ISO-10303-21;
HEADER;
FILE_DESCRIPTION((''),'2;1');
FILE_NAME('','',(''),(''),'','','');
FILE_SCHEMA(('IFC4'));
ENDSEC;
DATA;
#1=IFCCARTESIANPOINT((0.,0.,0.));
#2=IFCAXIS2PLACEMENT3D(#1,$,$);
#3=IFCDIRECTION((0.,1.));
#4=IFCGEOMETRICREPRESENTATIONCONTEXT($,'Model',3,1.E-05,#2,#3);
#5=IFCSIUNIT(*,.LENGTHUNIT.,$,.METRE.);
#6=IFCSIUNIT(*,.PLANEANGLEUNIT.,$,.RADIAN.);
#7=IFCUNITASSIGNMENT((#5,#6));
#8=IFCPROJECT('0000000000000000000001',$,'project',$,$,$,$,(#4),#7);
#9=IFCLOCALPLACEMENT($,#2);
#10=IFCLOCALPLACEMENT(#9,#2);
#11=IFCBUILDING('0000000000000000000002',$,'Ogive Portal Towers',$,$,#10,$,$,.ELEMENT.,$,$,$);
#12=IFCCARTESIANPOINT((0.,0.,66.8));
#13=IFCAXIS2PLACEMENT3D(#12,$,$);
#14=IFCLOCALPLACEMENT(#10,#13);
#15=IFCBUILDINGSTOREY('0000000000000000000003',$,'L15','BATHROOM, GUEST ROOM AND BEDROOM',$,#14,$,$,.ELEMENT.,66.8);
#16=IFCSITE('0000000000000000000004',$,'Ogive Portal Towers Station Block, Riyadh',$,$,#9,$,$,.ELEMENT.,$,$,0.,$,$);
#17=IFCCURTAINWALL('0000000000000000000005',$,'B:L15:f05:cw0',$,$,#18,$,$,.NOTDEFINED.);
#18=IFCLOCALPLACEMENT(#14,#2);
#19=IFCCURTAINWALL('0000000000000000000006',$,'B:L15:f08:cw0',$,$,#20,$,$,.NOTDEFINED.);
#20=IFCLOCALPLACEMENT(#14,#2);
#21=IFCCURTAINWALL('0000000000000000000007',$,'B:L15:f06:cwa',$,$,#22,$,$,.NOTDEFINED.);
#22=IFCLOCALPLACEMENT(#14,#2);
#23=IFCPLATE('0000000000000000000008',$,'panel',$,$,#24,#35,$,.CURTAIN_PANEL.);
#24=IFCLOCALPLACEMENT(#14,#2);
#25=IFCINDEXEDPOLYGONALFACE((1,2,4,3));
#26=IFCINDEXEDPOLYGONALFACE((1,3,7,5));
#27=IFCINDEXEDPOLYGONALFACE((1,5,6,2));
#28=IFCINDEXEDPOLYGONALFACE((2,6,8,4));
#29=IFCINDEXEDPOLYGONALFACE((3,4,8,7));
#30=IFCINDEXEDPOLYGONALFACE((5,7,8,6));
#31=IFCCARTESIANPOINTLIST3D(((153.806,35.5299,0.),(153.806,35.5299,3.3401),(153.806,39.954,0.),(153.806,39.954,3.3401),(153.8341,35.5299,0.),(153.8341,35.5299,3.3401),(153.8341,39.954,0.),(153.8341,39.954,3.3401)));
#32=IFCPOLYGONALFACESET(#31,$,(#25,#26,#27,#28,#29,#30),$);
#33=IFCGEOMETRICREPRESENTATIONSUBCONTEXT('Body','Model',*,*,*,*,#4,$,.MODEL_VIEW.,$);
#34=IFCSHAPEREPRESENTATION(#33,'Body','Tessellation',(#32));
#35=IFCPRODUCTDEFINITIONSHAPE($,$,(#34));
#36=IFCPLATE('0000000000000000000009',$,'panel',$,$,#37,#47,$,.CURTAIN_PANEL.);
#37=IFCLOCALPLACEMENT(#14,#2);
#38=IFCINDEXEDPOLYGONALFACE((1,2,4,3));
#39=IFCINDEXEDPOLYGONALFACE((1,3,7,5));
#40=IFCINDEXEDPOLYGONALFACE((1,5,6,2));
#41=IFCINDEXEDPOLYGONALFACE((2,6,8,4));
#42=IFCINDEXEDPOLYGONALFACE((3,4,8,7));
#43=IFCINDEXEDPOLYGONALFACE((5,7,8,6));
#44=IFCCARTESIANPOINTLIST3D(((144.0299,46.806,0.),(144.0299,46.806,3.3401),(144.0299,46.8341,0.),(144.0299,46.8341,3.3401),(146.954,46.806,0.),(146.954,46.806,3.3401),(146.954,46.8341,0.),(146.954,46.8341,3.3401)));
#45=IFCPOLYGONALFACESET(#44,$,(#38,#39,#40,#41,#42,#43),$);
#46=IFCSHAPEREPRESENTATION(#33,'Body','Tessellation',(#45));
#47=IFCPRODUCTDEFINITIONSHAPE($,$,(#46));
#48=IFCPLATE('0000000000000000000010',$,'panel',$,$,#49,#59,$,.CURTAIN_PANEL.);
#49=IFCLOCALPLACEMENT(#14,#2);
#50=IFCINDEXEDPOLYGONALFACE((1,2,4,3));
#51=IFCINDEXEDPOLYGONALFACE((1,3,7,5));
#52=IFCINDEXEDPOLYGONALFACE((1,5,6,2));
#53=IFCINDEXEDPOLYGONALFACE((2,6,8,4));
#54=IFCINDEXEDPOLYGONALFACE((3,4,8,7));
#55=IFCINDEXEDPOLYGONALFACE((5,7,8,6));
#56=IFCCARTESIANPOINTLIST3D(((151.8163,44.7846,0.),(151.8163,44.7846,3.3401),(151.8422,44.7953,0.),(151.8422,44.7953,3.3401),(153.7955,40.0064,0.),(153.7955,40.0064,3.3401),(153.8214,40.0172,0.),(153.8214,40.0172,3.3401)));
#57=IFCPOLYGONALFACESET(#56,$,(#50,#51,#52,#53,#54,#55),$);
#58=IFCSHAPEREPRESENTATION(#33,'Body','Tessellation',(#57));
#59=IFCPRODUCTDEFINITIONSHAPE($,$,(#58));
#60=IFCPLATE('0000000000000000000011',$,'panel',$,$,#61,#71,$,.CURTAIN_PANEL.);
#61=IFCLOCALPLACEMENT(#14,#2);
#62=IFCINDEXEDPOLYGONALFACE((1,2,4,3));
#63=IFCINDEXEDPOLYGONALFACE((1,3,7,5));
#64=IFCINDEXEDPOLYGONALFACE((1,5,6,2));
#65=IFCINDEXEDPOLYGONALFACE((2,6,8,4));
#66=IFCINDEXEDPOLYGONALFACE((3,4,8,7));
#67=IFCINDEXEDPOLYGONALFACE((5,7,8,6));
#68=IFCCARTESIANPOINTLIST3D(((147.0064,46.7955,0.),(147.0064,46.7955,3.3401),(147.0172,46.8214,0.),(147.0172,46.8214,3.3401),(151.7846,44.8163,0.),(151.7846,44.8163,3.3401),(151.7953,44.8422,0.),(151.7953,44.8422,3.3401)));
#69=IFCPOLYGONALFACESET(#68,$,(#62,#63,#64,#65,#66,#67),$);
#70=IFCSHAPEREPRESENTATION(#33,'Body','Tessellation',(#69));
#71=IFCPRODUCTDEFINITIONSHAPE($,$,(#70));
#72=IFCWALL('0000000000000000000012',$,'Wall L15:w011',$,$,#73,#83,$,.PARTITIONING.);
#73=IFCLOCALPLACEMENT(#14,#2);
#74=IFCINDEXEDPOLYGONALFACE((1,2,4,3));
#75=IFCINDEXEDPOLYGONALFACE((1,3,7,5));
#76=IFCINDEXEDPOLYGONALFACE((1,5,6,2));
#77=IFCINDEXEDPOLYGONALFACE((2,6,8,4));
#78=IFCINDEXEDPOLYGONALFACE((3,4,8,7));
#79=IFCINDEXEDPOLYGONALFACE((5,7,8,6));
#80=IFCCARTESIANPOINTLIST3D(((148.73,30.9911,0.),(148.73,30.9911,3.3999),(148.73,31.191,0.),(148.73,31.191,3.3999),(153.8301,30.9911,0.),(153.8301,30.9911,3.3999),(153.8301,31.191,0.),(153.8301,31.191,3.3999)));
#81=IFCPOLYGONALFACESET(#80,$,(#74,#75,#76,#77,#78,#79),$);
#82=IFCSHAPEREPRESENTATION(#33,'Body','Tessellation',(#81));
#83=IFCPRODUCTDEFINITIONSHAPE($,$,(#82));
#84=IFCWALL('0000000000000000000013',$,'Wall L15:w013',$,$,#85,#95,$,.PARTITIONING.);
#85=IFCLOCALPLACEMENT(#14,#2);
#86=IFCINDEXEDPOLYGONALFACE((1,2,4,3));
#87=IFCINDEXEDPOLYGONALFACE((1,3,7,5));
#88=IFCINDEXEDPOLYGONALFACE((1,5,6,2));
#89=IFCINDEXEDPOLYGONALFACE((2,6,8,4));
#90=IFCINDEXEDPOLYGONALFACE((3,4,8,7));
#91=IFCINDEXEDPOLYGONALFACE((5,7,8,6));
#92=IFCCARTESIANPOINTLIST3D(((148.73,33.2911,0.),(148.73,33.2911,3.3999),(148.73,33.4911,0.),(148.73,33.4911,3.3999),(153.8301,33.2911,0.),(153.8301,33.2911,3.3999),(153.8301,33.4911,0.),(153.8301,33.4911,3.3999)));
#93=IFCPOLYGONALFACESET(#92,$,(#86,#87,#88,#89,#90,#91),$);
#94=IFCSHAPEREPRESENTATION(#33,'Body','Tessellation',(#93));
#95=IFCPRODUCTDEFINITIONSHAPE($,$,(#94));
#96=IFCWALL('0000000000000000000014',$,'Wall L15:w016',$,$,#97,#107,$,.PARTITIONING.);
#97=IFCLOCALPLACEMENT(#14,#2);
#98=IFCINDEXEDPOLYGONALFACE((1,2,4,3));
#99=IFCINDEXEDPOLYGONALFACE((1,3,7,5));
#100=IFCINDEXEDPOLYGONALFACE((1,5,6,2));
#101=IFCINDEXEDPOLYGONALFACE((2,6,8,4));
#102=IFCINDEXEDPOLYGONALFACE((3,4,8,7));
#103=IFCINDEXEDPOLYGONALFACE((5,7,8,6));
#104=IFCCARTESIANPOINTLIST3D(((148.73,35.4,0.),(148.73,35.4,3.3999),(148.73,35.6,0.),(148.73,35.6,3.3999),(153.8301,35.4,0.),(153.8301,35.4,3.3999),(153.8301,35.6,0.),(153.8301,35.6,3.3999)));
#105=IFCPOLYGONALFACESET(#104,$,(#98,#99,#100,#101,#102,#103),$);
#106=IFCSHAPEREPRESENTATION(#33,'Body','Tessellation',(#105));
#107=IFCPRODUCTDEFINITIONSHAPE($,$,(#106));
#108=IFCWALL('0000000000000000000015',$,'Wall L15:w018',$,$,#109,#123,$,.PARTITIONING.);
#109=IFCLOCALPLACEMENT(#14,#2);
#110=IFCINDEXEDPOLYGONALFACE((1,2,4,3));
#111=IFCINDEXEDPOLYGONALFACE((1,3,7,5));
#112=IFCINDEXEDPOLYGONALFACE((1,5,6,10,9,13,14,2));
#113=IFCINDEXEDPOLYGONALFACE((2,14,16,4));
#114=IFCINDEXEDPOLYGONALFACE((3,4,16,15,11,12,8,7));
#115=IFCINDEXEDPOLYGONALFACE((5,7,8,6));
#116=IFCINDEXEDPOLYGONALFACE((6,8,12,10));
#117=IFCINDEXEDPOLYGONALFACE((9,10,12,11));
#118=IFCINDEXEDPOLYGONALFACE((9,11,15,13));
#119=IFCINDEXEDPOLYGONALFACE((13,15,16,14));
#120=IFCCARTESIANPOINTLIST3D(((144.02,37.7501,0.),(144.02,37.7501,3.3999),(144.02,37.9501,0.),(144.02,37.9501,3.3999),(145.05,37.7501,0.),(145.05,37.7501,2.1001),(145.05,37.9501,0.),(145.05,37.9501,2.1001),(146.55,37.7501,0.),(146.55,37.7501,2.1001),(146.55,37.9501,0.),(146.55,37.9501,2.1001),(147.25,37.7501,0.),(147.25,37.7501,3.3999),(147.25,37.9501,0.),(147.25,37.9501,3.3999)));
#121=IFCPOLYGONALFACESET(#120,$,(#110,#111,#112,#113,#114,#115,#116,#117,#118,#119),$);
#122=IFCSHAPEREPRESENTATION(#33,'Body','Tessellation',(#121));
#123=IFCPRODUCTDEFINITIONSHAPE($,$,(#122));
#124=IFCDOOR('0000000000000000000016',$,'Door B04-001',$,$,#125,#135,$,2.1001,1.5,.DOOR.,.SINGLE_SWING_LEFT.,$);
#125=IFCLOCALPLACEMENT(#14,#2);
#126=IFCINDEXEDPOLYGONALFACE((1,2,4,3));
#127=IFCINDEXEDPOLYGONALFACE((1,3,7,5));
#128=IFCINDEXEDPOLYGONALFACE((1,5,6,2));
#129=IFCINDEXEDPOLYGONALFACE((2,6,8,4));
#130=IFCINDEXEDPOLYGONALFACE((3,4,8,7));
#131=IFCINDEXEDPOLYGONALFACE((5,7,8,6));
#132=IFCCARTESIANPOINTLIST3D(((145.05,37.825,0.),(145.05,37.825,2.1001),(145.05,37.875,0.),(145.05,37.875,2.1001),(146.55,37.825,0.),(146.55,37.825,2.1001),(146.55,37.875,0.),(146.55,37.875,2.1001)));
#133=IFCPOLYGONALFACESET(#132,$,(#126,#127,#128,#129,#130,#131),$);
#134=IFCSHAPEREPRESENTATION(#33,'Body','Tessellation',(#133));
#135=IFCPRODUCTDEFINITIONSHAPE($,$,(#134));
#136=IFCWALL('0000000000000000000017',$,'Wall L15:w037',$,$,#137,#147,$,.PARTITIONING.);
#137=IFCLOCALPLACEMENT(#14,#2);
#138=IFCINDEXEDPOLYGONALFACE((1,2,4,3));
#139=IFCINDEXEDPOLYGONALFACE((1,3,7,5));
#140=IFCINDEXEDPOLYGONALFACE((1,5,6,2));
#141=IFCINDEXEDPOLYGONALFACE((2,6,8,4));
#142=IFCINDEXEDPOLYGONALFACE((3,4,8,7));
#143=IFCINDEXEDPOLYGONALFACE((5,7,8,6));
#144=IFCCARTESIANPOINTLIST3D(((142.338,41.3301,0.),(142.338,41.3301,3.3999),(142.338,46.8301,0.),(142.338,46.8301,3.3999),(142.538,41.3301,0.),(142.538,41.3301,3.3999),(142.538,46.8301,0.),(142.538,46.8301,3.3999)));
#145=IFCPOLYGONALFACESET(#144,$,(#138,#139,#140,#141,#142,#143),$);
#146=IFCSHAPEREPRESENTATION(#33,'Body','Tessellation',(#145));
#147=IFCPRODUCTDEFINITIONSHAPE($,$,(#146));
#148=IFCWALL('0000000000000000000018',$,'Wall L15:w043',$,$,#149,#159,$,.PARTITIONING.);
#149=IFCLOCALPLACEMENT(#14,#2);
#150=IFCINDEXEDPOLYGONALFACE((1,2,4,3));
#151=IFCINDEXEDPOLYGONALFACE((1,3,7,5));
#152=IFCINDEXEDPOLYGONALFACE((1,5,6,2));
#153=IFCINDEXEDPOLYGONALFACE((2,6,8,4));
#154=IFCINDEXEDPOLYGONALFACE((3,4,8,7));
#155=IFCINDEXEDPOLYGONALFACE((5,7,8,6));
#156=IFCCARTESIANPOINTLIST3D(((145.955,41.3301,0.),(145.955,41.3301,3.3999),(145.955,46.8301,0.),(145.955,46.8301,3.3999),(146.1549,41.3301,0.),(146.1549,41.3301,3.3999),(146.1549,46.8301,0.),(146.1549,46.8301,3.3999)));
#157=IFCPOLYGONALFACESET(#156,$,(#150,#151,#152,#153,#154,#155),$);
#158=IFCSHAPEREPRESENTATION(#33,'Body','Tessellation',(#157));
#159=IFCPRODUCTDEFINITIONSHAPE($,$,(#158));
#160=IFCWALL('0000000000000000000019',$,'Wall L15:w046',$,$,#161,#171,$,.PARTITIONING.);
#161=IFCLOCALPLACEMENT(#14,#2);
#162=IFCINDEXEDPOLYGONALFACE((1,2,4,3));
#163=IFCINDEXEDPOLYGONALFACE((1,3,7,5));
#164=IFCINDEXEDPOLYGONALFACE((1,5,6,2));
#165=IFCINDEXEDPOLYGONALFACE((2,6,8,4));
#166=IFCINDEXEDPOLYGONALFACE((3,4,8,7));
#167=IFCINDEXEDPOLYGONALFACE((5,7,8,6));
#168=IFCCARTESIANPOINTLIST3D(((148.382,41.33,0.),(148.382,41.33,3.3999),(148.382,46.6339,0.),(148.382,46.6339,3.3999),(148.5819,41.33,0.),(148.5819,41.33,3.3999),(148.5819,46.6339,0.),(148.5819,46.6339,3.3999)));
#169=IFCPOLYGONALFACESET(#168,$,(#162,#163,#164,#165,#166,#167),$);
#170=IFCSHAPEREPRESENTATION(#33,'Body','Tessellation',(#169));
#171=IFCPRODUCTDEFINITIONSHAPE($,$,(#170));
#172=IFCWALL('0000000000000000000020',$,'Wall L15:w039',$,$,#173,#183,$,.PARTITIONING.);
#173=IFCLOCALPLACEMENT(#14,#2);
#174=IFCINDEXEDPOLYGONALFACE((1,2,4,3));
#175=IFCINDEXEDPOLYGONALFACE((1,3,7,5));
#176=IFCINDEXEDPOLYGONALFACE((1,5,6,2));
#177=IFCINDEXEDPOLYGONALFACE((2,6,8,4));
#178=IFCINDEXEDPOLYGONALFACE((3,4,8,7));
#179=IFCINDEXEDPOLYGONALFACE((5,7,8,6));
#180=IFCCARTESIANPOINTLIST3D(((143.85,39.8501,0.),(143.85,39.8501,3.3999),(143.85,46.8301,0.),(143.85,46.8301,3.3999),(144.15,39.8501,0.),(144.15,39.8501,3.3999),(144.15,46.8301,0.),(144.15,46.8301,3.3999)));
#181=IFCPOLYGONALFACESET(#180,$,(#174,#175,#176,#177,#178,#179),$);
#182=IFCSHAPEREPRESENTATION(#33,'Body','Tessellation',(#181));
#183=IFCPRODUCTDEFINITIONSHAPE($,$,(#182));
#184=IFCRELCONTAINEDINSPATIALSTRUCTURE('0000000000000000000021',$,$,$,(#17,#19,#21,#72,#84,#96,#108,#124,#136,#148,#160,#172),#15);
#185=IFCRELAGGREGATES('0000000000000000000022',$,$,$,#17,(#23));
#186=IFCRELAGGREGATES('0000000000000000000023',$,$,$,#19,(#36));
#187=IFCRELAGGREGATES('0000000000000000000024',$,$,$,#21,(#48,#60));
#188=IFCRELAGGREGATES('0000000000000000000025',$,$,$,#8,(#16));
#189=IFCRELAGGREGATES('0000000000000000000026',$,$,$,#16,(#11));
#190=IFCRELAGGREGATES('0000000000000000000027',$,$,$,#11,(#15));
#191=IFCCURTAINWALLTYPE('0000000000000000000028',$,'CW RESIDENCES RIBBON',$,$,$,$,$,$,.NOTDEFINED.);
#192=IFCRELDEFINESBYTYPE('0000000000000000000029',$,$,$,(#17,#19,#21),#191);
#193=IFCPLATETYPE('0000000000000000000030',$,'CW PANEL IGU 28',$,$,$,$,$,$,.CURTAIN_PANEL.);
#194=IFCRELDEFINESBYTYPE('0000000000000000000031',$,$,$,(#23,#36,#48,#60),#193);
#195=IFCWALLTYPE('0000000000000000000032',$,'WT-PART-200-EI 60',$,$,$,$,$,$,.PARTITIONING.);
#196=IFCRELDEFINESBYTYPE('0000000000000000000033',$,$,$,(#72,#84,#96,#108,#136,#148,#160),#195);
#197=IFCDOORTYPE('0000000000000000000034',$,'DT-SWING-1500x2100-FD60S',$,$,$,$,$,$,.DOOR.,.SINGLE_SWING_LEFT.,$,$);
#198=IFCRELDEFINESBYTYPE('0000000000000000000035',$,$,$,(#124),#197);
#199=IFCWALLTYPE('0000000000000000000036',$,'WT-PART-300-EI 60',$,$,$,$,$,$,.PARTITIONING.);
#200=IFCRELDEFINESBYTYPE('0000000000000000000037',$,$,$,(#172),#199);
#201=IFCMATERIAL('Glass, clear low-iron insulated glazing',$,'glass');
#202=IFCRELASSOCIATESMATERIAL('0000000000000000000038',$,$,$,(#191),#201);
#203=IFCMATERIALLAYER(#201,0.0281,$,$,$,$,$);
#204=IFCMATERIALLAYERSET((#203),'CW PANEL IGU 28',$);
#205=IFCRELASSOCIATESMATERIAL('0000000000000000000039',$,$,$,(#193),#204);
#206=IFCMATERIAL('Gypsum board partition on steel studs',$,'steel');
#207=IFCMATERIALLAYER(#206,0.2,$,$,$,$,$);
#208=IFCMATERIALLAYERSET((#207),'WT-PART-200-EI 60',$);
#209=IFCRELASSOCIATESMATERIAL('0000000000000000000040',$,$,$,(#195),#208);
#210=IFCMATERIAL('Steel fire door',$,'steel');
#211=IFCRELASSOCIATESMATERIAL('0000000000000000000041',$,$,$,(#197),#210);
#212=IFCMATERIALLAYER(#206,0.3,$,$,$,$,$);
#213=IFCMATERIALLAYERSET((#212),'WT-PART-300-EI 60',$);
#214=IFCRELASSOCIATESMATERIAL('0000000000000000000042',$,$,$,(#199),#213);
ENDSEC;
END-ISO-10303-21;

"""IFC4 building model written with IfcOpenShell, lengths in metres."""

from ifc_helpers import new_model, si_unit, direction, frame, frame_2d, origin, origin_2d, place, context, subcontext, project, spatial, rectangle, extrude, material, layer, layer_set, type_object, element, fill, aggregate, save


model = new_model("IFC4")

# Units and contexts
model_context = context("Model", 3, precision=1e-05, world=origin(), true_north=direction((0.0, 1.0)))
body_context = subcontext(model_context, "Body", "Model", "MODEL_VIEW")
ifc_project = project(units=[si_unit("LENGTHUNIT", "METRE"), si_unit("PLANEANGLEUNIT", "RADIAN")], contexts=[model_context])

# Site, building, storey
site_placement = place(None, origin())
site = spatial("IfcSite", under=ifc_project, at=site_placement, Name="Ogive Portal Towers Station Block, Riyadh", CompositionType="ELEMENT", RefElevation=0.0)
building_placement = place(site_placement, origin())
building = spatial("IfcBuilding", under=site, at=building_placement, Name="Ogive Portal Towers", CompositionType="ELEMENT")
storey_placement = place(building_placement, frame((0.0, 0.0, 66.8)))
storey = spatial("IfcBuildingStorey", under=building, at=storey_placement, Name="L15", Description="BATHROOM, GUEST ROOM AND BEDROOM", CompositionType="ELEMENT", Elevation=66.8)

# Curtain walls
ifc_material_1 = material(Name="Glass, clear low-iron insulated glazing", Category="glass")
curtain_wall_type = type_object("IfcCurtainWallType", Name="CW RESIDENCES RIBBON", PredefinedType="NOTDEFINED", material=ifc_material_1)
curtain_wall_1_placement = place(storey_placement, origin())
curtain_wall_1 = element("IfcCurtainWall", 1, at=curtain_wall_1_placement, inside=storey, type_object=curtain_wall_type, Name="B:L15:f05:cw0", PredefinedType="NOTDEFINED")
curtain_wall_2_placement = place(storey_placement, origin())
curtain_wall_2 = element("IfcCurtainWall", 2, at=curtain_wall_2_placement, inside=storey, type_object=curtain_wall_type, Name="B:L15:f08:cw0", PredefinedType="NOTDEFINED")

# Curtain wall
curtain_wall_3_placement = place(storey_placement, origin())
curtain_wall_3 = element("IfcCurtainWall", 3, at=curtain_wall_3_placement, inside=storey, type_object=curtain_wall_type, Name="B:L15:f06:cwa", PredefinedType="NOTDEFINED")

# Plates
ifc_layer_1 = layer(ifc_material_1, 0.0281)
ifc_layer_set_1 = layer_set([ifc_layer_1], Name="CW PANEL IGU 28")
plate_type = type_object("IfcPlateType", Name="CW PANEL IGU 28", PredefinedType="CURTAIN_PANEL", material=ifc_layer_set_1)
plate_1_placement = place(storey_placement, frame((153.8201, 37.7419, 0.0), z_axis=(0.0, 0.0, 1.0), x_axis=(0.0, 1.0, 0.0)))
plate_1 = element("IfcPlate", 4, at=plate_1_placement, type_object=plate_type, Name="panel", PredefinedType="CURTAIN_PANEL", context=body_context, shape_type="SweptSolid", body=[
    extrude(rectangle(XDim=4.4241, YDim=0.0281, at=origin_2d()), origin(), (0.0, 0.0, 1.0), 3.3401),
])
aggregate(curtain_wall_1, [plate_1])
plate_2_placement = place(storey_placement, frame((145.4919, 46.8201, 0.0), z_axis=(0.0, 0.0, 1.0), x_axis=(-1.0, 0.0, 0.0)))
plate_2 = element("IfcPlate", 5, at=plate_2_placement, type_object=plate_type, Name="panel", PredefinedType="CURTAIN_PANEL", context=body_context, shape_type="SweptSolid", body=[
    extrude(rectangle(XDim=2.9241, YDim=0.0281, at=origin_2d()), origin(), (0.0, 0.0, 1.0), 3.3401),
])
aggregate(curtain_wall_2, [plate_2])
plate_3_placement = place(storey_placement, frame((152.8188, 42.4009, 0.0), z_axis=(0.0, 0.0, 1.0), x_axis=(-0.382683, 0.92388, 0.0)))
plate_3 = element("IfcPlate", 6, at=plate_3_placement, type_object=plate_type, Name="panel", PredefinedType="CURTAIN_PANEL", context=body_context, shape_type="SweptSolid", body=[
    extrude(rectangle(XDim=5.1719, YDim=0.0281, at=origin_2d()), origin(), (0.0, 0.0, 1.0), 3.3401),
])
plate_4_placement = place(storey_placement, frame((149.4009, 45.8188, 0.0), z_axis=(0.0, 0.0, 1.0), x_axis=(-0.92388, 0.382683, 0.0)))
plate_4 = element("IfcPlate", 7, at=plate_4_placement, type_object=plate_type, Name="panel", PredefinedType="CURTAIN_PANEL", context=body_context, shape_type="SweptSolid", body=[
    extrude(rectangle(XDim=5.1719, YDim=0.0281, at=origin_2d()), origin(), (0.0, 0.0, 1.0), 3.3401),
])
aggregate(curtain_wall_3, [plate_3, plate_4])

# Walls
ifc_material_2 = material(Name="Gypsum board partition on steel studs", Category="steel")
ifc_layer_2 = layer(ifc_material_2, 0.2)
ifc_layer_set_2 = layer_set([ifc_layer_2], Name="WT-PART-200-EI 60")
wall_type_1 = type_object("IfcWallType", Name="WT-PART-200-EI 60", PredefinedType="PARTITIONING", material=ifc_layer_set_2)
for number, where, z_axis, x_axis, name in (
    (8, (148.73, 31.0911, 0.0), (0.0, 0.0, 1.0), (1.0, 0.0, 0.0), "Wall L15:w011"),
    (9, (148.73, 33.3911, 0.0), (0.0, 0.0, 1.0), (1.0, 0.0, 0.0), "Wall L15:w013"),
    (10, (148.73, 35.5, 0.0), (0.0, 0.0, 1.0), (1.0, 0.0, 0.0), "Wall L15:w016"),
):
    element("IfcWall", number, at=place(storey_placement, frame(where, z_axis=z_axis, x_axis=x_axis)), inside=storey, type_object=wall_type_1, Name=name, PredefinedType="PARTITIONING", context=body_context, shape_type="SweptSolid", body=[
        extrude(rectangle(XDim=5.1001, YDim=0.2, at=frame_2d((2.55, 0.0))), origin(), (0.0, 0.0, 1.0), 3.3999),
    ])

# Wall, opening, door
wall_1_placement = place(storey_placement, frame((144.02, 37.8501, 0.0), z_axis=(0.0, 0.0, 1.0), x_axis=(1.0, 0.0, 0.0)))
wall_1 = element("IfcWall", 11, at=wall_1_placement, inside=storey, type_object=wall_type_1, Name="Wall L15:w018", PredefinedType="PARTITIONING", context=body_context, shape_type="SweptSolid", body=[
    extrude(rectangle(XDim=3.23, YDim=0.2, at=frame_2d((1.615, 0.0))), origin(), (0.0, 0.0, 1.0), 3.3999),
])
opening_placement = place(wall_1_placement, frame((1.03, 0.0, 0.0)))
opening = element("IfcOpeningElement", 12, at=opening_placement, cuts=wall_1, PredefinedType="OPENING", context=body_context, shape_type="SweptSolid", body=[
    extrude(rectangle(XDim=1.5, YDim=2.1001, at=frame_2d((0.75, 1.05))), frame((0.0, 0.1099, 0.0), z_axis=(0.0, -1.0, 0.0), x_axis=(1.0, 0.0, 0.0)), (0.0, 0.0, 1.0), 0.22),
])
ifc_material_3 = material(Name="Steel fire door", Category="steel")
door_type = type_object("IfcDoorType", Name="DT-SWING-1500x2100-FD60S", OperationType="SINGLE_SWING_LEFT", PredefinedType="DOOR", material=ifc_material_3)
door_placement = place(opening_placement, origin())
door = element("IfcDoor", 13, at=door_placement, inside=storey, type_object=door_type, Name="Door B04-001", OperationType="SINGLE_SWING_LEFT", OverallHeight=2.1001, OverallWidth=1.5, PredefinedType="DOOR", context=body_context, shape_type="SweptSolid", body=[
    extrude(rectangle(XDim=1.5, YDim=2.1001, at=frame_2d((0.75, 1.05))), frame((0.0, 0.0249, 0.0), z_axis=(0.0, -1.0, 0.0), x_axis=(1.0, 0.0, 0.0)), (0.0, 0.0, 1.0), 0.05),
])
fill(opening, door)

# Walls
for number, where, z_axis, x_axis, name in (
    (14, (142.438, 41.3301, 0.0), (0.0, 0.0, 1.0), (0.0, 1.0, 0.0), "Wall L15:w037"),
    (15, (146.0549, 41.3301, 0.0), (0.0, 0.0, 1.0), (0.0, 1.0, 0.0), "Wall L15:w043"),
):
    element("IfcWall", number, at=place(storey_placement, frame(where, z_axis=z_axis, x_axis=x_axis)), inside=storey, type_object=wall_type_1, Name=name, PredefinedType="PARTITIONING", context=body_context, shape_type="SweptSolid", body=[
        extrude(rectangle(XDim=5.5, YDim=0.2, at=frame_2d((2.75, 0.0))), origin(), (0.0, 0.0, 1.0), 3.3999),
    ])
wall_2_placement = place(storey_placement, frame((148.4819, 41.3301, 0.0), z_axis=(0.0, 0.0, 1.0), x_axis=(0.0, 1.0, 0.0)))
element("IfcWall", 16, at=wall_2_placement, inside=storey, type_object=wall_type_1, Name="Wall L15:w046", PredefinedType="PARTITIONING", context=body_context, shape_type="SweptSolid", body=[
    extrude(rectangle(XDim=5.304, YDim=0.2, at=frame_2d((2.6519, 0.0))), origin(), (0.0, 0.0, 1.0), 3.3999),
])
ifc_layer_3 = layer(ifc_material_2, 0.3)
ifc_layer_set_3 = layer_set([ifc_layer_3], Name="WT-PART-300-EI 60")
wall_type_2 = type_object("IfcWallType", Name="WT-PART-300-EI 60", PredefinedType="PARTITIONING", material=ifc_layer_set_3)
wall_3_placement = place(storey_placement, frame((144.0, 39.8501, 0.0), z_axis=(0.0, 0.0, 1.0), x_axis=(0.0, 1.0, 0.0)))
element("IfcWall", 17, at=wall_3_placement, inside=storey, type_object=wall_type_2, Name="Wall L15:w039", PredefinedType="PARTITIONING", context=body_context, shape_type="SweptSolid", body=[
    extrude(rectangle(XDim=6.98, YDim=0.3, at=frame_2d((3.49, 0.0))), origin(), (0.0, 0.0, 1.0), 3.3999),
])

save(model, "model.ifc")
